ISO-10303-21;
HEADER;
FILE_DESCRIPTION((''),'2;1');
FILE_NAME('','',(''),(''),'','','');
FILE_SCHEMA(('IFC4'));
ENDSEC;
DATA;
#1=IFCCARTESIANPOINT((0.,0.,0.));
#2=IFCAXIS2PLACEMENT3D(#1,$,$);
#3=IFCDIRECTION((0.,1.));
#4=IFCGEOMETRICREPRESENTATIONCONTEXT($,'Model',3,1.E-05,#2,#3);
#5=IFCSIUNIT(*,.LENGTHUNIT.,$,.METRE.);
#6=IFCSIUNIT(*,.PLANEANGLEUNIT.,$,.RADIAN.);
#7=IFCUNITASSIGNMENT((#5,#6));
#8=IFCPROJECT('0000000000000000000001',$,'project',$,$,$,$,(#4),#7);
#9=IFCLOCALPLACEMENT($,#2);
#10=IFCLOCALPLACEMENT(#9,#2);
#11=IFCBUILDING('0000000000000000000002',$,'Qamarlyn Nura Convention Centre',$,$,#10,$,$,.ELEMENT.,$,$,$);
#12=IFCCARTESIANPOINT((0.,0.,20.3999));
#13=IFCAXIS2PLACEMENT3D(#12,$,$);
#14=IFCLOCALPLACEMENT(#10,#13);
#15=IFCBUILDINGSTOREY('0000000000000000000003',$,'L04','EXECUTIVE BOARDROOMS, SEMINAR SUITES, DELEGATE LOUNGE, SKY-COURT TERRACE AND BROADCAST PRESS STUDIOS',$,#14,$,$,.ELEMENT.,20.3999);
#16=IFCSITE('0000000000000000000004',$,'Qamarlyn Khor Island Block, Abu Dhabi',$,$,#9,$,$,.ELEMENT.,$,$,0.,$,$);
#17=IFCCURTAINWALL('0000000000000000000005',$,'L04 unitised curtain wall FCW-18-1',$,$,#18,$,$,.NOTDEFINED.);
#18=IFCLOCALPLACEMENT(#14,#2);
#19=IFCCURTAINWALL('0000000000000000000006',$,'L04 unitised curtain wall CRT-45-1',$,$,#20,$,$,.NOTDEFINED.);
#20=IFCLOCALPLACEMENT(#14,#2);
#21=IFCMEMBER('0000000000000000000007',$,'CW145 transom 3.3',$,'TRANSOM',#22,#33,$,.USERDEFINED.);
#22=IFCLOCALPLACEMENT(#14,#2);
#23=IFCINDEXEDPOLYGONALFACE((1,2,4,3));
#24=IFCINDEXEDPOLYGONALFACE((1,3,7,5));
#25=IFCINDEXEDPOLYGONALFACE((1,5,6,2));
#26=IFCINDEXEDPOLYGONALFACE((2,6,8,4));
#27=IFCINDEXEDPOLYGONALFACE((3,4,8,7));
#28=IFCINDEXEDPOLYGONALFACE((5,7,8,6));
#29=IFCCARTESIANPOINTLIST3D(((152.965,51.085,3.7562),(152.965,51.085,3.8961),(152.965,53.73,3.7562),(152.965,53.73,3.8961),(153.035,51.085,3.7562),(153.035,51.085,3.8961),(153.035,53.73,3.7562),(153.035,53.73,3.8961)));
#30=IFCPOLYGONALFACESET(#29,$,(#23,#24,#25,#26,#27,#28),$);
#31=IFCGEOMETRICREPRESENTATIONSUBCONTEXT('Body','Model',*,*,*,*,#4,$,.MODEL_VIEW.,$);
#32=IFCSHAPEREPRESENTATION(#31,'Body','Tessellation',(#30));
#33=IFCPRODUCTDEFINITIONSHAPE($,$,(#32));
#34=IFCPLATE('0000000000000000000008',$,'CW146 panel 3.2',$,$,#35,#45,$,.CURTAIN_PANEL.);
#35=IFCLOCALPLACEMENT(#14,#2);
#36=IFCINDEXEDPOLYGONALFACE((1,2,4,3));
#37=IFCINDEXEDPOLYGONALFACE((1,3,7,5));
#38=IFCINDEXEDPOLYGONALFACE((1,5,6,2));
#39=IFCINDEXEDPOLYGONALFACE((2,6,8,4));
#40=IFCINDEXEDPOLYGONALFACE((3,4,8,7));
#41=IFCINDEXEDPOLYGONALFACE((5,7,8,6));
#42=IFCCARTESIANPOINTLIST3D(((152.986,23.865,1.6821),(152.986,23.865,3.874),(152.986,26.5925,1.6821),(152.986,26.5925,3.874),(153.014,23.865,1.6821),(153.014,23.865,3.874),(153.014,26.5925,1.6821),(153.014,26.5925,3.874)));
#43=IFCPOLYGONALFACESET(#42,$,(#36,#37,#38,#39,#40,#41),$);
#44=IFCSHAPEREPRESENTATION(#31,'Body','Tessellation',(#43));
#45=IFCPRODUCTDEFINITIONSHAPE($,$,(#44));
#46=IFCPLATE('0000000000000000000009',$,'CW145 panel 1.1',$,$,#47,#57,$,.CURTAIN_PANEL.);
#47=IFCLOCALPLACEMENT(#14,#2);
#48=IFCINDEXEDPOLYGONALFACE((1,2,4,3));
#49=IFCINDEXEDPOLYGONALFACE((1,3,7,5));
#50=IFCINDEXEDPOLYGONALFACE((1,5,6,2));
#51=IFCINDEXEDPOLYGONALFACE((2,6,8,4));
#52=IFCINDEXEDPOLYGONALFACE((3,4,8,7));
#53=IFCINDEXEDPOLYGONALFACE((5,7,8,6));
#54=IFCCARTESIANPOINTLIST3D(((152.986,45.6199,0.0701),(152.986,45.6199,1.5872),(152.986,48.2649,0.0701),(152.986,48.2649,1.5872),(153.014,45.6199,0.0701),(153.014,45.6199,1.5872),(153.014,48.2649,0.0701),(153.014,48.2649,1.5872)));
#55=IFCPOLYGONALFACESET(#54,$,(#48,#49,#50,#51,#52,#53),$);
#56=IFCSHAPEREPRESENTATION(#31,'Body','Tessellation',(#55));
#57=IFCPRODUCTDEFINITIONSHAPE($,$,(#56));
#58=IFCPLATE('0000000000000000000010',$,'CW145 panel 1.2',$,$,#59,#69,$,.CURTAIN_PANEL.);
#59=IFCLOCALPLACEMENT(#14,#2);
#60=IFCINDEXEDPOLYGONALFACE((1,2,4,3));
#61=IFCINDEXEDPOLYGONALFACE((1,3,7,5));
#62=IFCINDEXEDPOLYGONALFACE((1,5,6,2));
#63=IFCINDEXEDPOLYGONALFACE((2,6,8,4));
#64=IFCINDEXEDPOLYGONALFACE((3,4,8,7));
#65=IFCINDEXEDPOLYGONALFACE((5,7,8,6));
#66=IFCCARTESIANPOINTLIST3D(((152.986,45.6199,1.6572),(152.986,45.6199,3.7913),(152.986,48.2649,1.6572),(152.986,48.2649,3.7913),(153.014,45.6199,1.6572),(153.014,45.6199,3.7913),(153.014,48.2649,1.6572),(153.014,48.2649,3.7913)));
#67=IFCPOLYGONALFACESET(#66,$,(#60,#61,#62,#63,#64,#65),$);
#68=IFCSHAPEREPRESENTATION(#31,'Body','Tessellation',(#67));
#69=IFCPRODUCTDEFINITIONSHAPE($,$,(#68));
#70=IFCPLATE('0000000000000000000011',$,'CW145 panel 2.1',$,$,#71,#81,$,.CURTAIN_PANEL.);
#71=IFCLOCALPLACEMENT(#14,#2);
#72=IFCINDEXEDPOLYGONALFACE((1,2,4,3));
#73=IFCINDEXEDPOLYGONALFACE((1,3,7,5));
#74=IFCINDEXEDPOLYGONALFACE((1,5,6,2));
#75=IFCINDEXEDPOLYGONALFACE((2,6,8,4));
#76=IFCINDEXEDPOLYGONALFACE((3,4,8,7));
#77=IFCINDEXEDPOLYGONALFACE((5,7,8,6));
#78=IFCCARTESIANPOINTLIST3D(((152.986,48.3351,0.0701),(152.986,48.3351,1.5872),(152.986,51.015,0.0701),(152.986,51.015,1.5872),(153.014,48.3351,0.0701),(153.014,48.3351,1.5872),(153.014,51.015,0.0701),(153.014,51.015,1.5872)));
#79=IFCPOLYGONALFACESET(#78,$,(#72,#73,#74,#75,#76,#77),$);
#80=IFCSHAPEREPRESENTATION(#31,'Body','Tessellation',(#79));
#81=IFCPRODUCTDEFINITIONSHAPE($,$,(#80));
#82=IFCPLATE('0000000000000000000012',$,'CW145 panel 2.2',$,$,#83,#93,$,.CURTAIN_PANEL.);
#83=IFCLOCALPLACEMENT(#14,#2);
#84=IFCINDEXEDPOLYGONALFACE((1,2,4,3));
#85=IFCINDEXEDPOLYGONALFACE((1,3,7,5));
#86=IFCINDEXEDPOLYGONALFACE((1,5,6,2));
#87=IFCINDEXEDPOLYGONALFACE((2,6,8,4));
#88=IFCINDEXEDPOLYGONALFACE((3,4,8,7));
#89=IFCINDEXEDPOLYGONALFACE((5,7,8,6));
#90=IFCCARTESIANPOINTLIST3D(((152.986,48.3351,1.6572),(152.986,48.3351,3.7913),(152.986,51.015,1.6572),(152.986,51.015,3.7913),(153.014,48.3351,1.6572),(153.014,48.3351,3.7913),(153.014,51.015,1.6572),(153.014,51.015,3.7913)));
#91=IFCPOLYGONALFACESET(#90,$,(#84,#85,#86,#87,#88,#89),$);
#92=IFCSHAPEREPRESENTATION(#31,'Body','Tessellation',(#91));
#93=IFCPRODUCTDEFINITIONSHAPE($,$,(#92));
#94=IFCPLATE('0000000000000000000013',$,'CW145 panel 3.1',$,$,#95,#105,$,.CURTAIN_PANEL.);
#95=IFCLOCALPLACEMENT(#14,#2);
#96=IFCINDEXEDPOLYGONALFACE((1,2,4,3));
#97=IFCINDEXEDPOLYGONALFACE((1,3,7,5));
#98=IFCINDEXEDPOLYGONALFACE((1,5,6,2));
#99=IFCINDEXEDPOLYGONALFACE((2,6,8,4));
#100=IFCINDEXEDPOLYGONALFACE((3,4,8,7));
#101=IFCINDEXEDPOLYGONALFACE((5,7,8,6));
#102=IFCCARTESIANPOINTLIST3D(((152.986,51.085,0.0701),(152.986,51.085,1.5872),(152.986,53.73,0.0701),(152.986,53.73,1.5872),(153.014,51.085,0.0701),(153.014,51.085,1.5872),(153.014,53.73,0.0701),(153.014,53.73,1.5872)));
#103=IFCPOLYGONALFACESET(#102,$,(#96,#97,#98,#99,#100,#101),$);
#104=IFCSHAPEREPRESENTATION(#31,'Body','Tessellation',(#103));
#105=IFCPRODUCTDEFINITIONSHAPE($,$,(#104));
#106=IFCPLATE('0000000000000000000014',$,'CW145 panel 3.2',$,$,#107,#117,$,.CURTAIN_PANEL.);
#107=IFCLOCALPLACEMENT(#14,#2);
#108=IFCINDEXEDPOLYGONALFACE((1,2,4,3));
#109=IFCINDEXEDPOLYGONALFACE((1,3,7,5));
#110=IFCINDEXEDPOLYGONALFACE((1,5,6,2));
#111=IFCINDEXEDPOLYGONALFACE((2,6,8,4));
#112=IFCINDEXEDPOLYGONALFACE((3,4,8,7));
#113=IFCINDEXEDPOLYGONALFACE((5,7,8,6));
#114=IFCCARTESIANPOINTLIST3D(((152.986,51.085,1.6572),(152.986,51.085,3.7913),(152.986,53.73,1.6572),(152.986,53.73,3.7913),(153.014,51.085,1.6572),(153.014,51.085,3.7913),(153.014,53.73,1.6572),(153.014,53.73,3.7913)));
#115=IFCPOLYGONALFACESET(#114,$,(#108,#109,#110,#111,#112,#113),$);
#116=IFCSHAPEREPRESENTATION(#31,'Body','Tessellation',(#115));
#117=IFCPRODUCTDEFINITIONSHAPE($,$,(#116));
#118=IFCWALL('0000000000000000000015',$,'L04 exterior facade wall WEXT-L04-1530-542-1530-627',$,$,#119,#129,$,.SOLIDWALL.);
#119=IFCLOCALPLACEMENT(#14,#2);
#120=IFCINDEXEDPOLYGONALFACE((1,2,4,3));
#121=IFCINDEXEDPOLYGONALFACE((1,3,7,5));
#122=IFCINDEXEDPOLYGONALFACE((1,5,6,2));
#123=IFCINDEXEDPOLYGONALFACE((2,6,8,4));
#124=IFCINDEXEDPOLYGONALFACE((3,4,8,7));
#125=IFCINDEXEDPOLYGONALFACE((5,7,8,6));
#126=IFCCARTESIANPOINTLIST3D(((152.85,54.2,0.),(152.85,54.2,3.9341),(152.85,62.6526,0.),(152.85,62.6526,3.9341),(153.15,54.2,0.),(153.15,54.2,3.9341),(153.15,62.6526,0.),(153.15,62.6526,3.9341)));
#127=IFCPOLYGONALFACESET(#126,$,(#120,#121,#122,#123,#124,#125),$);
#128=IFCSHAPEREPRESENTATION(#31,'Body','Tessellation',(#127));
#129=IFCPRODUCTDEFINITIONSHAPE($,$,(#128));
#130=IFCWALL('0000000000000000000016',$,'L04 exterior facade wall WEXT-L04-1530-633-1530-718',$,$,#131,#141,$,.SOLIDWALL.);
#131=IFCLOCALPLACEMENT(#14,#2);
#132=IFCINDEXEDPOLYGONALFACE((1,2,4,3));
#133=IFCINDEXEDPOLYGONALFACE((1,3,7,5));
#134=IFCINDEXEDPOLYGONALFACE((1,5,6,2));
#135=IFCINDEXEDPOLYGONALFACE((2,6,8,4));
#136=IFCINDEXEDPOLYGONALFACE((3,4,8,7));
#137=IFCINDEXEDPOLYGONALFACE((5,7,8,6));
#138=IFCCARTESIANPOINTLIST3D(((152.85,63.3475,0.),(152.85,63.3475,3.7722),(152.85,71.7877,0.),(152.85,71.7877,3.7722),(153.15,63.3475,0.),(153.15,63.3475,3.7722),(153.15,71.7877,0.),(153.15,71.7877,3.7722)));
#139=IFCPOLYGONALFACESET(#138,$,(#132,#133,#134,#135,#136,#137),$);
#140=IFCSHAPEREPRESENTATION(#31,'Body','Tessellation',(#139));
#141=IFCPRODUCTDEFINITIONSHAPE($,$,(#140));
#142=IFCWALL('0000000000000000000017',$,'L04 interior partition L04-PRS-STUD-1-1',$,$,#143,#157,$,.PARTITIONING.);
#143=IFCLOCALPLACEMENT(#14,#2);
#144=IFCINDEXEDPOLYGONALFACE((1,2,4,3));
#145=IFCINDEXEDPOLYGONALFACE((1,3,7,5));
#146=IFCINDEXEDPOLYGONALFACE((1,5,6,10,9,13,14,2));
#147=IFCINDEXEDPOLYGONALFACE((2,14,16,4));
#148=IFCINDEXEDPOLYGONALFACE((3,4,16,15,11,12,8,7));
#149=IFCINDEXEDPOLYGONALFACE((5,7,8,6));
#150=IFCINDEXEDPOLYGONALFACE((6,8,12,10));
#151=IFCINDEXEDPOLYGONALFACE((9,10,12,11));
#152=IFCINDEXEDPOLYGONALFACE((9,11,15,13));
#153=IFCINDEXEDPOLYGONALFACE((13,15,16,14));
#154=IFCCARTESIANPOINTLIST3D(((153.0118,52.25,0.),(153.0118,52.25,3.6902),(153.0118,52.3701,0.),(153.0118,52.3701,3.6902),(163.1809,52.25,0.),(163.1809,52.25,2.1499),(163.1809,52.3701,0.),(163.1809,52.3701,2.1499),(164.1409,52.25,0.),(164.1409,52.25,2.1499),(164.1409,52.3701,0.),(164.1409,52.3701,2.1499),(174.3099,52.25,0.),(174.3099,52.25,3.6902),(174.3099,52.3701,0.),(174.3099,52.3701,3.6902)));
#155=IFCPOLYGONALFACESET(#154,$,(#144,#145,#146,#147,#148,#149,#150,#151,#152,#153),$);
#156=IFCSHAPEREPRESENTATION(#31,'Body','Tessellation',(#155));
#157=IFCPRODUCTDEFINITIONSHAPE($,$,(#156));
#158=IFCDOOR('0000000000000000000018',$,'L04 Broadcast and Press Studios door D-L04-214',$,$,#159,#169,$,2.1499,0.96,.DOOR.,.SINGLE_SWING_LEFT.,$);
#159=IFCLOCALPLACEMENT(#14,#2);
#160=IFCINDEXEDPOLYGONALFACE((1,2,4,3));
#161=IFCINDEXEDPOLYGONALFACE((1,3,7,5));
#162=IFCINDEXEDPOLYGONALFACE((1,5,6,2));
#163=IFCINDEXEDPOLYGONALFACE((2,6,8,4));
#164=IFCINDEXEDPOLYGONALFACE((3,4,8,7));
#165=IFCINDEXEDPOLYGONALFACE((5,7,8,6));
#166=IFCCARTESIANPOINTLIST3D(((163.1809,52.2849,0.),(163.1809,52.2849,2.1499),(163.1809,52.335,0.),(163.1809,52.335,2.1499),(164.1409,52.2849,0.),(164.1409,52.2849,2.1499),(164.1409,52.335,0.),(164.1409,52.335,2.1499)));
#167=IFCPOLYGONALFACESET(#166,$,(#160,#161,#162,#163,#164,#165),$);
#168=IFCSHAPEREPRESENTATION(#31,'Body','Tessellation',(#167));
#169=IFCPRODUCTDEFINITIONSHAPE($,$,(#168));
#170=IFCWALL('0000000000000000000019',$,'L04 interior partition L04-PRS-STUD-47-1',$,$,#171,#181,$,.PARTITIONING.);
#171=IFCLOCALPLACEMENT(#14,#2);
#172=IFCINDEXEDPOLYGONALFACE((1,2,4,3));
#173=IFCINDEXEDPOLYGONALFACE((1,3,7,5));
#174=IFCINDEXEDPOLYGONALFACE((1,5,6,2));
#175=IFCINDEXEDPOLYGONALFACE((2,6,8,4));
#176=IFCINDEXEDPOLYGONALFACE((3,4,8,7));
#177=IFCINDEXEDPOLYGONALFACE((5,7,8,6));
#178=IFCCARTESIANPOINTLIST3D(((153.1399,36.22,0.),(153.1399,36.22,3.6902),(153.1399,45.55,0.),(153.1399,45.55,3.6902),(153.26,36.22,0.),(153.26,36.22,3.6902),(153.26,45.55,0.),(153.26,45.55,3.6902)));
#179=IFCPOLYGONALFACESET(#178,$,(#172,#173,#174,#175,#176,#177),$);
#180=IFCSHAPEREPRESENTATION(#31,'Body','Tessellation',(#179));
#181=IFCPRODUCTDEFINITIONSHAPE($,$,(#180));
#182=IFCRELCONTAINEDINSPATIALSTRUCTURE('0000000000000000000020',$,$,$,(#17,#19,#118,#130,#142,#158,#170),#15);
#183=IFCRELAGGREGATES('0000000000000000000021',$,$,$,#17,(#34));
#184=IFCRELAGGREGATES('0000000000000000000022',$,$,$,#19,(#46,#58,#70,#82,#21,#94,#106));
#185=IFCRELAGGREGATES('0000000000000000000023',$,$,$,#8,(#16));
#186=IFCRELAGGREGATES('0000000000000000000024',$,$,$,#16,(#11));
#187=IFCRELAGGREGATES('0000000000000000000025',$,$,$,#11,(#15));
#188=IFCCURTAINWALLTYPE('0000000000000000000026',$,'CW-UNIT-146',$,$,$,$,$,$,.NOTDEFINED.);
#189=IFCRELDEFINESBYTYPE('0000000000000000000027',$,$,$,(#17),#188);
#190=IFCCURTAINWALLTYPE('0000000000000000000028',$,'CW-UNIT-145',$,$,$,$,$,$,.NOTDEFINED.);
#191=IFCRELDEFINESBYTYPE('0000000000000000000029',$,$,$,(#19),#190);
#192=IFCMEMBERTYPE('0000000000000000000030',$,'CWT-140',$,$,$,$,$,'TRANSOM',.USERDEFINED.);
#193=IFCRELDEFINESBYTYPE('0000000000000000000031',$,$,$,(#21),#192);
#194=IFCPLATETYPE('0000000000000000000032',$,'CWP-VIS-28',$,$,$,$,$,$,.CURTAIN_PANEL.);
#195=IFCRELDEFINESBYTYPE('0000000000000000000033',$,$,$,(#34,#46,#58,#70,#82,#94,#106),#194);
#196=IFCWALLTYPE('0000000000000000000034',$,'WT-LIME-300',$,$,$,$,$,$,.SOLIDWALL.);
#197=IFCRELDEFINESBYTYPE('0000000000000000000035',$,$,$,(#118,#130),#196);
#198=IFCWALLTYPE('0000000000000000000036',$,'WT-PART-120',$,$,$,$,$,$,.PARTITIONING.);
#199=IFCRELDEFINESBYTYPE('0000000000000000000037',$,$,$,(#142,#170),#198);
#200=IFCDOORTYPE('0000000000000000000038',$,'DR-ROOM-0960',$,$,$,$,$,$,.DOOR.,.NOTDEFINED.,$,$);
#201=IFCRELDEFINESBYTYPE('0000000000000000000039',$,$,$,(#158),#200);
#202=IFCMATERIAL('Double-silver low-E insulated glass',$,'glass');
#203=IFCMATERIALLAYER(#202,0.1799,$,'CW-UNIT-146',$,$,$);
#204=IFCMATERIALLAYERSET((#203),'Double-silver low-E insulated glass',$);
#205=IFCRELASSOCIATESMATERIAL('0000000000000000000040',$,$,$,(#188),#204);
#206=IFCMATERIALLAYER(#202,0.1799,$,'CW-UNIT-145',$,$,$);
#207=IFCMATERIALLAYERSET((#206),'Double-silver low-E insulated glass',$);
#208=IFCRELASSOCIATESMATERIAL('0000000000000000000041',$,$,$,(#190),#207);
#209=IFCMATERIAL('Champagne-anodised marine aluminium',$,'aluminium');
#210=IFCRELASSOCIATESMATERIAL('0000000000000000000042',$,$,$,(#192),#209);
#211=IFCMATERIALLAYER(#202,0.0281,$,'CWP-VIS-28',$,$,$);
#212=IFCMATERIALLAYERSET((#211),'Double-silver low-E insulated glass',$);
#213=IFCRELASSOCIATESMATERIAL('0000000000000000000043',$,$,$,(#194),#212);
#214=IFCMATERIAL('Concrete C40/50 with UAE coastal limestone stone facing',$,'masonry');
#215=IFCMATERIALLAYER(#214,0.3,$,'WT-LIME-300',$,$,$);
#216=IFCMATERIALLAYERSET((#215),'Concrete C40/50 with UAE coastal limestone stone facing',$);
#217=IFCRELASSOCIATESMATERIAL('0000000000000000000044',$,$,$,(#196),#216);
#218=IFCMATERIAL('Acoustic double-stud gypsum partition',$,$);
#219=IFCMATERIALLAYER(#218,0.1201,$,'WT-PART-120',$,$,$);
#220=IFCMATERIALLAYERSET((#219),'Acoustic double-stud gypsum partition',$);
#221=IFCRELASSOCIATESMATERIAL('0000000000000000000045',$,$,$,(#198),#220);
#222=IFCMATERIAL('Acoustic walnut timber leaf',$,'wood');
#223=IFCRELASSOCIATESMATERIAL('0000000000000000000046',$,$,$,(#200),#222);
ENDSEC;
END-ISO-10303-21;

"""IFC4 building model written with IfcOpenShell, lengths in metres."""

from ifc_helpers import new_model, si_unit, direction, frame, frame_2d, origin, origin_2d, place, context, subcontext, project, spatial, rectangle, extrude, material, layer, layer_set, material_profile, profile_set, type_object, element, fill, aggregate, save


model = new_model("IFC4")

# Units and contexts
model_context = context("Model", 3, precision=1e-05, world=origin(), true_north=direction((0.0, 1.0)))
body_context = subcontext(model_context, "Body", "Model", "MODEL_VIEW")
ifc_project = project(units=[si_unit("LENGTHUNIT", "METRE"), si_unit("PLANEANGLEUNIT", "RADIAN")], contexts=[model_context])

# Site, building, storey
site_placement = place(None, origin())
site = spatial("IfcSite", under=ifc_project, at=site_placement, Name="Qamarlyn Khor Island Block, Abu Dhabi", CompositionType="ELEMENT", RefElevation=0.0)
building_placement = place(site_placement, origin())
building = spatial("IfcBuilding", under=site, at=building_placement, Name="Qamarlyn Nura Convention Centre", CompositionType="ELEMENT")
storey_placement = place(building_placement, frame((0.0, 0.0, 20.3999)))
storey = spatial("IfcBuildingStorey", under=building, at=storey_placement, Name="L04", Description="EXECUTIVE BOARDROOMS, SEMINAR SUITES, DELEGATE LOUNGE, SKY-COURT TERRACE AND BROADCAST PRESS STUDIOS", CompositionType="ELEMENT", Elevation=20.3999)

# Curtain wall
ifc_material_1 = material(Name="Double-silver low-E insulated glass", Category="glass")
ifc_layer_1 = layer(ifc_material_1, 0.1799, Name="CW-UNIT-146")
ifc_layer_set_1 = layer_set([ifc_layer_1], Name="Double-silver low-E insulated glass")
curtain_wall_type_1 = type_object("IfcCurtainWallType", Name="CW-UNIT-146", PredefinedType="NOTDEFINED", material=ifc_layer_set_1)
curtain_wall_1_placement = place(storey_placement, origin())
curtain_wall_1 = element("IfcCurtainWall", 1, at=curtain_wall_1_placement, inside=storey, type_object=curtain_wall_type_1, Name="L04 unitised curtain wall FCW-18-1", PredefinedType="NOTDEFINED")
ifc_material_2 = material(Name="Champagne-anodised marine aluminium", Category="aluminium")
ifc_layer_2 = layer(ifc_material_1, 0.1799, Name="CW-UNIT-145")
ifc_layer_set_2 = layer_set([ifc_layer_2], Name="Double-silver low-E insulated glass")
curtain_wall_type_2 = type_object("IfcCurtainWallType", Name="CW-UNIT-145", PredefinedType="NOTDEFINED", material=ifc_layer_set_2)

# Curtain wall, member
curtain_wall_2_placement = place(storey_placement, origin())
curtain_wall_2 = element("IfcCurtainWall", 2, at=curtain_wall_2_placement, inside=storey, type_object=curtain_wall_type_2, Name="L04 unitised curtain wall CRT-45-1", PredefinedType="NOTDEFINED")
ifc_material_profile_1 = material_profile(ifc_material_2, rectangle(XDim=0.0701, YDim=0.1399, at=origin_2d()), Name="ALU TRANSOM 70x140")
ifc_profile_set_1 = profile_set([ifc_material_profile_1], Name="Champagne-anodised marine aluminium")
member_type_1 = type_object("IfcMemberType", Name="CWT-140", ElementType="TRANSOM", PredefinedType="USERDEFINED", material=ifc_profile_set_1)
member_1_placement = place(storey_placement, frame((153.0, 51.085, 3.8262), z_axis=(0.0, 1.0, 0.0), x_axis=(-1.0, 0.0, 0.0)))
member_1 = element("IfcMember", 3, at=member_1_placement, type_object=member_type_1, Name="CW145 transom 3.3", ObjectType="TRANSOM", PredefinedType="USERDEFINED", context=body_context, shape_type="SweptSolid", body=[
    extrude(rectangle(XDim=0.0701, YDim=0.1399, at=origin_2d()), origin(), (0.0, 0.0, 1.0), 2.645),
])

# Plates
ifc_layer_3 = layer(ifc_material_1, 0.0281, Name="CWP-VIS-28")
ifc_layer_set_3 = layer_set([ifc_layer_3], Name="Double-silver low-E insulated glass")
plate_type = type_object("IfcPlateType", Name="CWP-VIS-28", PredefinedType="CURTAIN_PANEL", material=ifc_layer_set_3)
plate_1_placement = place(storey_placement, frame((153.0, 25.2288, 1.6821), z_axis=(0.0, 0.0, 1.0), x_axis=(0.0, 1.0, 0.0)))
plate_1 = element("IfcPlate", 4, at=plate_1_placement, type_object=plate_type, Name="CW146 panel 3.2", PredefinedType="CURTAIN_PANEL", context=body_context, shape_type="SweptSolid", body=[
    extrude(rectangle(XDim=2.7275, YDim=0.0281, at=origin_2d()), origin(), (0.0, 0.0, 1.0), 2.1919),
])
aggregate(curtain_wall_1, [plate_1])
plate_2_placement = place(storey_placement, frame((153.0, 46.9424, 0.0701), z_axis=(0.0, 0.0, 1.0), x_axis=(0.0, 1.0, 0.0)))
plate_2 = element("IfcPlate", 5, at=plate_2_placement, type_object=plate_type, Name="CW145 panel 1.1", PredefinedType="CURTAIN_PANEL", context=body_context, shape_type="SweptSolid", body=[
    extrude(rectangle(XDim=2.645, YDim=0.0281, at=origin_2d()), origin(), (0.0, 0.0, 1.0), 1.5171),
])
plate_3_placement = place(storey_placement, frame((153.0, 46.9424, 1.6572), z_axis=(0.0, 0.0, 1.0), x_axis=(0.0, 1.0, 0.0)))
plate_3 = element("IfcPlate", 6, at=plate_3_placement, type_object=plate_type, Name="CW145 panel 1.2", PredefinedType="CURTAIN_PANEL", context=body_context, shape_type="SweptSolid", body=[
    extrude(rectangle(XDim=2.645, YDim=0.0281, at=origin_2d()), origin(), (0.0, 0.0, 1.0), 2.134),
])
plate_4_placement = place(storey_placement, frame((153.0, 49.675, 0.0701), z_axis=(0.0, 0.0, 1.0), x_axis=(0.0, 1.0, 0.0)))
plate_4 = element("IfcPlate", 7, at=plate_4_placement, type_object=plate_type, Name="CW145 panel 2.1", PredefinedType="CURTAIN_PANEL", context=body_context, shape_type="SweptSolid", body=[
    extrude(rectangle(XDim=2.6799, YDim=0.0281, at=origin_2d()), origin(), (0.0, 0.0, 1.0), 1.5171),
])
plate_5_placement = place(storey_placement, frame((153.0, 49.675, 1.6572), z_axis=(0.0, 0.0, 1.0), x_axis=(0.0, 1.0, 0.0)))
plate_5 = element("IfcPlate", 8, at=plate_5_placement, type_object=plate_type, Name="CW145 panel 2.2", PredefinedType="CURTAIN_PANEL", context=body_context, shape_type="SweptSolid", body=[
    extrude(rectangle(XDim=2.6799, YDim=0.0281, at=origin_2d()), origin(), (0.0, 0.0, 1.0), 2.134),
])
plate_6_placement = place(storey_placement, frame((153.0, 52.4075, 0.0701), z_axis=(0.0, 0.0, 1.0), x_axis=(0.0, 1.0, 0.0)))
plate_6 = element("IfcPlate", 9, at=plate_6_placement, type_object=plate_type, Name="CW145 panel 3.1", PredefinedType="CURTAIN_PANEL", context=body_context, shape_type="SweptSolid", body=[
    extrude(rectangle(XDim=2.645, YDim=0.0281, at=origin_2d()), origin(), (0.0, 0.0, 1.0), 1.5171),
])
plate_7_placement = place(storey_placement, frame((153.0, 52.4075, 1.6572), z_axis=(0.0, 0.0, 1.0), x_axis=(0.0, 1.0, 0.0)))
plate_7 = element("IfcPlate", 10, at=plate_7_placement, type_object=plate_type, Name="CW145 panel 3.2", PredefinedType="CURTAIN_PANEL", context=body_context, shape_type="SweptSolid", body=[
    extrude(rectangle(XDim=2.645, YDim=0.0281, at=origin_2d()), origin(), (0.0, 0.0, 1.0), 2.134),
])
aggregate(curtain_wall_2, [plate_2, plate_3, plate_4, plate_5, member_1, plate_6, plate_7])

# Walls
ifc_material_3 = material(Name="Concrete C40/50 with UAE coastal limestone stone facing", Category="masonry")
ifc_layer_4 = layer(ifc_material_3, 0.3, Name="WT-LIME-300")
ifc_layer_set_4 = layer_set([ifc_layer_4], Name="Concrete C40/50 with UAE coastal limestone stone facing")
wall_type_1 = type_object("IfcWallType", Name="WT-LIME-300", PredefinedType="SOLIDWALL", material=ifc_layer_set_4)
wall_1_placement = place(storey_placement, frame((153.0, 54.2, 0.0), z_axis=(0.0, 0.0, 1.0), x_axis=(0.0, 1.0, 0.0)))
element("IfcWall", 11, at=wall_1_placement, inside=storey, type_object=wall_type_1, Name="L04 exterior facade wall WEXT-L04-1530-542-1530-627", PredefinedType="SOLIDWALL", context=body_context, shape_type="SweptSolid", body=[
    extrude(rectangle(XDim=8.4526, YDim=0.3, at=frame_2d((4.2263, 0.0))), origin(), (0.0, 0.0, 1.0), 3.9341),
])
wall_2_placement = place(storey_placement, frame((153.0, 63.3474, 0.0), z_axis=(0.0, 0.0, 1.0), x_axis=(0.0, 1.0, 0.0)))
element("IfcWall", 12, at=wall_2_placement, inside=storey, type_object=wall_type_1, Name="L04 exterior facade wall WEXT-L04-1530-633-1530-718", PredefinedType="SOLIDWALL", context=body_context, shape_type="SweptSolid", body=[
    extrude(rectangle(XDim=8.4402, YDim=0.3, at=frame_2d((4.2202, 0.0))), origin(), (0.0, 0.0, 1.0), 3.7722),
])

# Wall, opening, door
ifc_material_4 = material(Name="Acoustic double-stud gypsum partition")
ifc_layer_5 = layer(ifc_material_4, 0.1201, Name="WT-PART-120")
ifc_layer_set_5 = layer_set([ifc_layer_5], Name="Acoustic double-stud gypsum partition")
wall_type_2 = type_object("IfcWallType", Name="WT-PART-120", PredefinedType="PARTITIONING", material=ifc_layer_set_5)
wall_3_placement = place(storey_placement, frame((153.012, 52.3101, 0.0), z_axis=(0.0, 0.0, 1.0), x_axis=(1.0, 0.0, 0.0)))
wall_3 = element("IfcWall", 13, at=wall_3_placement, inside=storey, type_object=wall_type_2, Name="L04 interior partition L04-PRS-STUD-1-1", PredefinedType="PARTITIONING", context=body_context, shape_type="SweptSolid", body=[
    extrude(rectangle(XDim=21.2981, YDim=0.1201, at=frame_2d((10.6489, 0.0))), origin(), (0.0, 0.0, 1.0), 3.6902),
])
opening_1_placement = place(wall_3_placement, frame((10.1689, 0.0, 0.0)))
opening_1 = element("IfcOpeningElement", 14, at=opening_1_placement, cuts=wall_3, PredefinedType="OPENING", context=body_context, shape_type="SweptSolid", body=[
    extrude(rectangle(XDim=0.96, YDim=2.1499, at=frame_2d((0.48, 1.075))), frame((0.0, 0.0701, 0.0), z_axis=(0.0, -1.0, 0.0), x_axis=(1.0, 0.0, 0.0)), (0.0, 0.0, 1.0), 0.1401),
])
ifc_material_5 = material(Name="Acoustic walnut timber leaf", Category="wood")
door_type_1 = type_object("IfcDoorType", Name="DR-ROOM-0960", OperationType="NOTDEFINED", PredefinedType="DOOR", material=ifc_material_5)
door_1_placement = place(opening_1_placement, origin())
door_1 = element("IfcDoor", 15, at=door_1_placement, inside=storey, type_object=door_type_1, Name="L04 Broadcast and Press Studios door D-L04-214", OperationType="SINGLE_SWING_LEFT", OverallHeight=2.1499, OverallWidth=0.96, PredefinedType="DOOR", context=body_context, shape_type="SweptSolid", body=[
    extrude(rectangle(XDim=0.96, YDim=2.1499, at=frame_2d((0.48, 1.075))), frame((0.0, 0.0249, 0.0), z_axis=(0.0, -1.0, 0.0), x_axis=(1.0, 0.0, 0.0)), (0.0, 0.0, 1.0), 0.05),
])
fill(opening_1, door_1)

# Wall
wall_4_placement = place(storey_placement, frame((153.2, 36.22, 0.0), z_axis=(0.0, 0.0, 1.0), x_axis=(0.0, 1.0, 0.0)))
element("IfcWall", 16, at=wall_4_placement, inside=storey, type_object=wall_type_2, Name="L04 interior partition L04-PRS-STUD-47-1", PredefinedType="PARTITIONING", context=body_context, shape_type="SweptSolid", body=[
    extrude(rectangle(XDim=9.3301, YDim=0.1201, at=frame_2d((4.665, 0.0))), origin(), (0.0, 0.0, 1.0), 3.6902),
])

save(model, "model.ifc")
